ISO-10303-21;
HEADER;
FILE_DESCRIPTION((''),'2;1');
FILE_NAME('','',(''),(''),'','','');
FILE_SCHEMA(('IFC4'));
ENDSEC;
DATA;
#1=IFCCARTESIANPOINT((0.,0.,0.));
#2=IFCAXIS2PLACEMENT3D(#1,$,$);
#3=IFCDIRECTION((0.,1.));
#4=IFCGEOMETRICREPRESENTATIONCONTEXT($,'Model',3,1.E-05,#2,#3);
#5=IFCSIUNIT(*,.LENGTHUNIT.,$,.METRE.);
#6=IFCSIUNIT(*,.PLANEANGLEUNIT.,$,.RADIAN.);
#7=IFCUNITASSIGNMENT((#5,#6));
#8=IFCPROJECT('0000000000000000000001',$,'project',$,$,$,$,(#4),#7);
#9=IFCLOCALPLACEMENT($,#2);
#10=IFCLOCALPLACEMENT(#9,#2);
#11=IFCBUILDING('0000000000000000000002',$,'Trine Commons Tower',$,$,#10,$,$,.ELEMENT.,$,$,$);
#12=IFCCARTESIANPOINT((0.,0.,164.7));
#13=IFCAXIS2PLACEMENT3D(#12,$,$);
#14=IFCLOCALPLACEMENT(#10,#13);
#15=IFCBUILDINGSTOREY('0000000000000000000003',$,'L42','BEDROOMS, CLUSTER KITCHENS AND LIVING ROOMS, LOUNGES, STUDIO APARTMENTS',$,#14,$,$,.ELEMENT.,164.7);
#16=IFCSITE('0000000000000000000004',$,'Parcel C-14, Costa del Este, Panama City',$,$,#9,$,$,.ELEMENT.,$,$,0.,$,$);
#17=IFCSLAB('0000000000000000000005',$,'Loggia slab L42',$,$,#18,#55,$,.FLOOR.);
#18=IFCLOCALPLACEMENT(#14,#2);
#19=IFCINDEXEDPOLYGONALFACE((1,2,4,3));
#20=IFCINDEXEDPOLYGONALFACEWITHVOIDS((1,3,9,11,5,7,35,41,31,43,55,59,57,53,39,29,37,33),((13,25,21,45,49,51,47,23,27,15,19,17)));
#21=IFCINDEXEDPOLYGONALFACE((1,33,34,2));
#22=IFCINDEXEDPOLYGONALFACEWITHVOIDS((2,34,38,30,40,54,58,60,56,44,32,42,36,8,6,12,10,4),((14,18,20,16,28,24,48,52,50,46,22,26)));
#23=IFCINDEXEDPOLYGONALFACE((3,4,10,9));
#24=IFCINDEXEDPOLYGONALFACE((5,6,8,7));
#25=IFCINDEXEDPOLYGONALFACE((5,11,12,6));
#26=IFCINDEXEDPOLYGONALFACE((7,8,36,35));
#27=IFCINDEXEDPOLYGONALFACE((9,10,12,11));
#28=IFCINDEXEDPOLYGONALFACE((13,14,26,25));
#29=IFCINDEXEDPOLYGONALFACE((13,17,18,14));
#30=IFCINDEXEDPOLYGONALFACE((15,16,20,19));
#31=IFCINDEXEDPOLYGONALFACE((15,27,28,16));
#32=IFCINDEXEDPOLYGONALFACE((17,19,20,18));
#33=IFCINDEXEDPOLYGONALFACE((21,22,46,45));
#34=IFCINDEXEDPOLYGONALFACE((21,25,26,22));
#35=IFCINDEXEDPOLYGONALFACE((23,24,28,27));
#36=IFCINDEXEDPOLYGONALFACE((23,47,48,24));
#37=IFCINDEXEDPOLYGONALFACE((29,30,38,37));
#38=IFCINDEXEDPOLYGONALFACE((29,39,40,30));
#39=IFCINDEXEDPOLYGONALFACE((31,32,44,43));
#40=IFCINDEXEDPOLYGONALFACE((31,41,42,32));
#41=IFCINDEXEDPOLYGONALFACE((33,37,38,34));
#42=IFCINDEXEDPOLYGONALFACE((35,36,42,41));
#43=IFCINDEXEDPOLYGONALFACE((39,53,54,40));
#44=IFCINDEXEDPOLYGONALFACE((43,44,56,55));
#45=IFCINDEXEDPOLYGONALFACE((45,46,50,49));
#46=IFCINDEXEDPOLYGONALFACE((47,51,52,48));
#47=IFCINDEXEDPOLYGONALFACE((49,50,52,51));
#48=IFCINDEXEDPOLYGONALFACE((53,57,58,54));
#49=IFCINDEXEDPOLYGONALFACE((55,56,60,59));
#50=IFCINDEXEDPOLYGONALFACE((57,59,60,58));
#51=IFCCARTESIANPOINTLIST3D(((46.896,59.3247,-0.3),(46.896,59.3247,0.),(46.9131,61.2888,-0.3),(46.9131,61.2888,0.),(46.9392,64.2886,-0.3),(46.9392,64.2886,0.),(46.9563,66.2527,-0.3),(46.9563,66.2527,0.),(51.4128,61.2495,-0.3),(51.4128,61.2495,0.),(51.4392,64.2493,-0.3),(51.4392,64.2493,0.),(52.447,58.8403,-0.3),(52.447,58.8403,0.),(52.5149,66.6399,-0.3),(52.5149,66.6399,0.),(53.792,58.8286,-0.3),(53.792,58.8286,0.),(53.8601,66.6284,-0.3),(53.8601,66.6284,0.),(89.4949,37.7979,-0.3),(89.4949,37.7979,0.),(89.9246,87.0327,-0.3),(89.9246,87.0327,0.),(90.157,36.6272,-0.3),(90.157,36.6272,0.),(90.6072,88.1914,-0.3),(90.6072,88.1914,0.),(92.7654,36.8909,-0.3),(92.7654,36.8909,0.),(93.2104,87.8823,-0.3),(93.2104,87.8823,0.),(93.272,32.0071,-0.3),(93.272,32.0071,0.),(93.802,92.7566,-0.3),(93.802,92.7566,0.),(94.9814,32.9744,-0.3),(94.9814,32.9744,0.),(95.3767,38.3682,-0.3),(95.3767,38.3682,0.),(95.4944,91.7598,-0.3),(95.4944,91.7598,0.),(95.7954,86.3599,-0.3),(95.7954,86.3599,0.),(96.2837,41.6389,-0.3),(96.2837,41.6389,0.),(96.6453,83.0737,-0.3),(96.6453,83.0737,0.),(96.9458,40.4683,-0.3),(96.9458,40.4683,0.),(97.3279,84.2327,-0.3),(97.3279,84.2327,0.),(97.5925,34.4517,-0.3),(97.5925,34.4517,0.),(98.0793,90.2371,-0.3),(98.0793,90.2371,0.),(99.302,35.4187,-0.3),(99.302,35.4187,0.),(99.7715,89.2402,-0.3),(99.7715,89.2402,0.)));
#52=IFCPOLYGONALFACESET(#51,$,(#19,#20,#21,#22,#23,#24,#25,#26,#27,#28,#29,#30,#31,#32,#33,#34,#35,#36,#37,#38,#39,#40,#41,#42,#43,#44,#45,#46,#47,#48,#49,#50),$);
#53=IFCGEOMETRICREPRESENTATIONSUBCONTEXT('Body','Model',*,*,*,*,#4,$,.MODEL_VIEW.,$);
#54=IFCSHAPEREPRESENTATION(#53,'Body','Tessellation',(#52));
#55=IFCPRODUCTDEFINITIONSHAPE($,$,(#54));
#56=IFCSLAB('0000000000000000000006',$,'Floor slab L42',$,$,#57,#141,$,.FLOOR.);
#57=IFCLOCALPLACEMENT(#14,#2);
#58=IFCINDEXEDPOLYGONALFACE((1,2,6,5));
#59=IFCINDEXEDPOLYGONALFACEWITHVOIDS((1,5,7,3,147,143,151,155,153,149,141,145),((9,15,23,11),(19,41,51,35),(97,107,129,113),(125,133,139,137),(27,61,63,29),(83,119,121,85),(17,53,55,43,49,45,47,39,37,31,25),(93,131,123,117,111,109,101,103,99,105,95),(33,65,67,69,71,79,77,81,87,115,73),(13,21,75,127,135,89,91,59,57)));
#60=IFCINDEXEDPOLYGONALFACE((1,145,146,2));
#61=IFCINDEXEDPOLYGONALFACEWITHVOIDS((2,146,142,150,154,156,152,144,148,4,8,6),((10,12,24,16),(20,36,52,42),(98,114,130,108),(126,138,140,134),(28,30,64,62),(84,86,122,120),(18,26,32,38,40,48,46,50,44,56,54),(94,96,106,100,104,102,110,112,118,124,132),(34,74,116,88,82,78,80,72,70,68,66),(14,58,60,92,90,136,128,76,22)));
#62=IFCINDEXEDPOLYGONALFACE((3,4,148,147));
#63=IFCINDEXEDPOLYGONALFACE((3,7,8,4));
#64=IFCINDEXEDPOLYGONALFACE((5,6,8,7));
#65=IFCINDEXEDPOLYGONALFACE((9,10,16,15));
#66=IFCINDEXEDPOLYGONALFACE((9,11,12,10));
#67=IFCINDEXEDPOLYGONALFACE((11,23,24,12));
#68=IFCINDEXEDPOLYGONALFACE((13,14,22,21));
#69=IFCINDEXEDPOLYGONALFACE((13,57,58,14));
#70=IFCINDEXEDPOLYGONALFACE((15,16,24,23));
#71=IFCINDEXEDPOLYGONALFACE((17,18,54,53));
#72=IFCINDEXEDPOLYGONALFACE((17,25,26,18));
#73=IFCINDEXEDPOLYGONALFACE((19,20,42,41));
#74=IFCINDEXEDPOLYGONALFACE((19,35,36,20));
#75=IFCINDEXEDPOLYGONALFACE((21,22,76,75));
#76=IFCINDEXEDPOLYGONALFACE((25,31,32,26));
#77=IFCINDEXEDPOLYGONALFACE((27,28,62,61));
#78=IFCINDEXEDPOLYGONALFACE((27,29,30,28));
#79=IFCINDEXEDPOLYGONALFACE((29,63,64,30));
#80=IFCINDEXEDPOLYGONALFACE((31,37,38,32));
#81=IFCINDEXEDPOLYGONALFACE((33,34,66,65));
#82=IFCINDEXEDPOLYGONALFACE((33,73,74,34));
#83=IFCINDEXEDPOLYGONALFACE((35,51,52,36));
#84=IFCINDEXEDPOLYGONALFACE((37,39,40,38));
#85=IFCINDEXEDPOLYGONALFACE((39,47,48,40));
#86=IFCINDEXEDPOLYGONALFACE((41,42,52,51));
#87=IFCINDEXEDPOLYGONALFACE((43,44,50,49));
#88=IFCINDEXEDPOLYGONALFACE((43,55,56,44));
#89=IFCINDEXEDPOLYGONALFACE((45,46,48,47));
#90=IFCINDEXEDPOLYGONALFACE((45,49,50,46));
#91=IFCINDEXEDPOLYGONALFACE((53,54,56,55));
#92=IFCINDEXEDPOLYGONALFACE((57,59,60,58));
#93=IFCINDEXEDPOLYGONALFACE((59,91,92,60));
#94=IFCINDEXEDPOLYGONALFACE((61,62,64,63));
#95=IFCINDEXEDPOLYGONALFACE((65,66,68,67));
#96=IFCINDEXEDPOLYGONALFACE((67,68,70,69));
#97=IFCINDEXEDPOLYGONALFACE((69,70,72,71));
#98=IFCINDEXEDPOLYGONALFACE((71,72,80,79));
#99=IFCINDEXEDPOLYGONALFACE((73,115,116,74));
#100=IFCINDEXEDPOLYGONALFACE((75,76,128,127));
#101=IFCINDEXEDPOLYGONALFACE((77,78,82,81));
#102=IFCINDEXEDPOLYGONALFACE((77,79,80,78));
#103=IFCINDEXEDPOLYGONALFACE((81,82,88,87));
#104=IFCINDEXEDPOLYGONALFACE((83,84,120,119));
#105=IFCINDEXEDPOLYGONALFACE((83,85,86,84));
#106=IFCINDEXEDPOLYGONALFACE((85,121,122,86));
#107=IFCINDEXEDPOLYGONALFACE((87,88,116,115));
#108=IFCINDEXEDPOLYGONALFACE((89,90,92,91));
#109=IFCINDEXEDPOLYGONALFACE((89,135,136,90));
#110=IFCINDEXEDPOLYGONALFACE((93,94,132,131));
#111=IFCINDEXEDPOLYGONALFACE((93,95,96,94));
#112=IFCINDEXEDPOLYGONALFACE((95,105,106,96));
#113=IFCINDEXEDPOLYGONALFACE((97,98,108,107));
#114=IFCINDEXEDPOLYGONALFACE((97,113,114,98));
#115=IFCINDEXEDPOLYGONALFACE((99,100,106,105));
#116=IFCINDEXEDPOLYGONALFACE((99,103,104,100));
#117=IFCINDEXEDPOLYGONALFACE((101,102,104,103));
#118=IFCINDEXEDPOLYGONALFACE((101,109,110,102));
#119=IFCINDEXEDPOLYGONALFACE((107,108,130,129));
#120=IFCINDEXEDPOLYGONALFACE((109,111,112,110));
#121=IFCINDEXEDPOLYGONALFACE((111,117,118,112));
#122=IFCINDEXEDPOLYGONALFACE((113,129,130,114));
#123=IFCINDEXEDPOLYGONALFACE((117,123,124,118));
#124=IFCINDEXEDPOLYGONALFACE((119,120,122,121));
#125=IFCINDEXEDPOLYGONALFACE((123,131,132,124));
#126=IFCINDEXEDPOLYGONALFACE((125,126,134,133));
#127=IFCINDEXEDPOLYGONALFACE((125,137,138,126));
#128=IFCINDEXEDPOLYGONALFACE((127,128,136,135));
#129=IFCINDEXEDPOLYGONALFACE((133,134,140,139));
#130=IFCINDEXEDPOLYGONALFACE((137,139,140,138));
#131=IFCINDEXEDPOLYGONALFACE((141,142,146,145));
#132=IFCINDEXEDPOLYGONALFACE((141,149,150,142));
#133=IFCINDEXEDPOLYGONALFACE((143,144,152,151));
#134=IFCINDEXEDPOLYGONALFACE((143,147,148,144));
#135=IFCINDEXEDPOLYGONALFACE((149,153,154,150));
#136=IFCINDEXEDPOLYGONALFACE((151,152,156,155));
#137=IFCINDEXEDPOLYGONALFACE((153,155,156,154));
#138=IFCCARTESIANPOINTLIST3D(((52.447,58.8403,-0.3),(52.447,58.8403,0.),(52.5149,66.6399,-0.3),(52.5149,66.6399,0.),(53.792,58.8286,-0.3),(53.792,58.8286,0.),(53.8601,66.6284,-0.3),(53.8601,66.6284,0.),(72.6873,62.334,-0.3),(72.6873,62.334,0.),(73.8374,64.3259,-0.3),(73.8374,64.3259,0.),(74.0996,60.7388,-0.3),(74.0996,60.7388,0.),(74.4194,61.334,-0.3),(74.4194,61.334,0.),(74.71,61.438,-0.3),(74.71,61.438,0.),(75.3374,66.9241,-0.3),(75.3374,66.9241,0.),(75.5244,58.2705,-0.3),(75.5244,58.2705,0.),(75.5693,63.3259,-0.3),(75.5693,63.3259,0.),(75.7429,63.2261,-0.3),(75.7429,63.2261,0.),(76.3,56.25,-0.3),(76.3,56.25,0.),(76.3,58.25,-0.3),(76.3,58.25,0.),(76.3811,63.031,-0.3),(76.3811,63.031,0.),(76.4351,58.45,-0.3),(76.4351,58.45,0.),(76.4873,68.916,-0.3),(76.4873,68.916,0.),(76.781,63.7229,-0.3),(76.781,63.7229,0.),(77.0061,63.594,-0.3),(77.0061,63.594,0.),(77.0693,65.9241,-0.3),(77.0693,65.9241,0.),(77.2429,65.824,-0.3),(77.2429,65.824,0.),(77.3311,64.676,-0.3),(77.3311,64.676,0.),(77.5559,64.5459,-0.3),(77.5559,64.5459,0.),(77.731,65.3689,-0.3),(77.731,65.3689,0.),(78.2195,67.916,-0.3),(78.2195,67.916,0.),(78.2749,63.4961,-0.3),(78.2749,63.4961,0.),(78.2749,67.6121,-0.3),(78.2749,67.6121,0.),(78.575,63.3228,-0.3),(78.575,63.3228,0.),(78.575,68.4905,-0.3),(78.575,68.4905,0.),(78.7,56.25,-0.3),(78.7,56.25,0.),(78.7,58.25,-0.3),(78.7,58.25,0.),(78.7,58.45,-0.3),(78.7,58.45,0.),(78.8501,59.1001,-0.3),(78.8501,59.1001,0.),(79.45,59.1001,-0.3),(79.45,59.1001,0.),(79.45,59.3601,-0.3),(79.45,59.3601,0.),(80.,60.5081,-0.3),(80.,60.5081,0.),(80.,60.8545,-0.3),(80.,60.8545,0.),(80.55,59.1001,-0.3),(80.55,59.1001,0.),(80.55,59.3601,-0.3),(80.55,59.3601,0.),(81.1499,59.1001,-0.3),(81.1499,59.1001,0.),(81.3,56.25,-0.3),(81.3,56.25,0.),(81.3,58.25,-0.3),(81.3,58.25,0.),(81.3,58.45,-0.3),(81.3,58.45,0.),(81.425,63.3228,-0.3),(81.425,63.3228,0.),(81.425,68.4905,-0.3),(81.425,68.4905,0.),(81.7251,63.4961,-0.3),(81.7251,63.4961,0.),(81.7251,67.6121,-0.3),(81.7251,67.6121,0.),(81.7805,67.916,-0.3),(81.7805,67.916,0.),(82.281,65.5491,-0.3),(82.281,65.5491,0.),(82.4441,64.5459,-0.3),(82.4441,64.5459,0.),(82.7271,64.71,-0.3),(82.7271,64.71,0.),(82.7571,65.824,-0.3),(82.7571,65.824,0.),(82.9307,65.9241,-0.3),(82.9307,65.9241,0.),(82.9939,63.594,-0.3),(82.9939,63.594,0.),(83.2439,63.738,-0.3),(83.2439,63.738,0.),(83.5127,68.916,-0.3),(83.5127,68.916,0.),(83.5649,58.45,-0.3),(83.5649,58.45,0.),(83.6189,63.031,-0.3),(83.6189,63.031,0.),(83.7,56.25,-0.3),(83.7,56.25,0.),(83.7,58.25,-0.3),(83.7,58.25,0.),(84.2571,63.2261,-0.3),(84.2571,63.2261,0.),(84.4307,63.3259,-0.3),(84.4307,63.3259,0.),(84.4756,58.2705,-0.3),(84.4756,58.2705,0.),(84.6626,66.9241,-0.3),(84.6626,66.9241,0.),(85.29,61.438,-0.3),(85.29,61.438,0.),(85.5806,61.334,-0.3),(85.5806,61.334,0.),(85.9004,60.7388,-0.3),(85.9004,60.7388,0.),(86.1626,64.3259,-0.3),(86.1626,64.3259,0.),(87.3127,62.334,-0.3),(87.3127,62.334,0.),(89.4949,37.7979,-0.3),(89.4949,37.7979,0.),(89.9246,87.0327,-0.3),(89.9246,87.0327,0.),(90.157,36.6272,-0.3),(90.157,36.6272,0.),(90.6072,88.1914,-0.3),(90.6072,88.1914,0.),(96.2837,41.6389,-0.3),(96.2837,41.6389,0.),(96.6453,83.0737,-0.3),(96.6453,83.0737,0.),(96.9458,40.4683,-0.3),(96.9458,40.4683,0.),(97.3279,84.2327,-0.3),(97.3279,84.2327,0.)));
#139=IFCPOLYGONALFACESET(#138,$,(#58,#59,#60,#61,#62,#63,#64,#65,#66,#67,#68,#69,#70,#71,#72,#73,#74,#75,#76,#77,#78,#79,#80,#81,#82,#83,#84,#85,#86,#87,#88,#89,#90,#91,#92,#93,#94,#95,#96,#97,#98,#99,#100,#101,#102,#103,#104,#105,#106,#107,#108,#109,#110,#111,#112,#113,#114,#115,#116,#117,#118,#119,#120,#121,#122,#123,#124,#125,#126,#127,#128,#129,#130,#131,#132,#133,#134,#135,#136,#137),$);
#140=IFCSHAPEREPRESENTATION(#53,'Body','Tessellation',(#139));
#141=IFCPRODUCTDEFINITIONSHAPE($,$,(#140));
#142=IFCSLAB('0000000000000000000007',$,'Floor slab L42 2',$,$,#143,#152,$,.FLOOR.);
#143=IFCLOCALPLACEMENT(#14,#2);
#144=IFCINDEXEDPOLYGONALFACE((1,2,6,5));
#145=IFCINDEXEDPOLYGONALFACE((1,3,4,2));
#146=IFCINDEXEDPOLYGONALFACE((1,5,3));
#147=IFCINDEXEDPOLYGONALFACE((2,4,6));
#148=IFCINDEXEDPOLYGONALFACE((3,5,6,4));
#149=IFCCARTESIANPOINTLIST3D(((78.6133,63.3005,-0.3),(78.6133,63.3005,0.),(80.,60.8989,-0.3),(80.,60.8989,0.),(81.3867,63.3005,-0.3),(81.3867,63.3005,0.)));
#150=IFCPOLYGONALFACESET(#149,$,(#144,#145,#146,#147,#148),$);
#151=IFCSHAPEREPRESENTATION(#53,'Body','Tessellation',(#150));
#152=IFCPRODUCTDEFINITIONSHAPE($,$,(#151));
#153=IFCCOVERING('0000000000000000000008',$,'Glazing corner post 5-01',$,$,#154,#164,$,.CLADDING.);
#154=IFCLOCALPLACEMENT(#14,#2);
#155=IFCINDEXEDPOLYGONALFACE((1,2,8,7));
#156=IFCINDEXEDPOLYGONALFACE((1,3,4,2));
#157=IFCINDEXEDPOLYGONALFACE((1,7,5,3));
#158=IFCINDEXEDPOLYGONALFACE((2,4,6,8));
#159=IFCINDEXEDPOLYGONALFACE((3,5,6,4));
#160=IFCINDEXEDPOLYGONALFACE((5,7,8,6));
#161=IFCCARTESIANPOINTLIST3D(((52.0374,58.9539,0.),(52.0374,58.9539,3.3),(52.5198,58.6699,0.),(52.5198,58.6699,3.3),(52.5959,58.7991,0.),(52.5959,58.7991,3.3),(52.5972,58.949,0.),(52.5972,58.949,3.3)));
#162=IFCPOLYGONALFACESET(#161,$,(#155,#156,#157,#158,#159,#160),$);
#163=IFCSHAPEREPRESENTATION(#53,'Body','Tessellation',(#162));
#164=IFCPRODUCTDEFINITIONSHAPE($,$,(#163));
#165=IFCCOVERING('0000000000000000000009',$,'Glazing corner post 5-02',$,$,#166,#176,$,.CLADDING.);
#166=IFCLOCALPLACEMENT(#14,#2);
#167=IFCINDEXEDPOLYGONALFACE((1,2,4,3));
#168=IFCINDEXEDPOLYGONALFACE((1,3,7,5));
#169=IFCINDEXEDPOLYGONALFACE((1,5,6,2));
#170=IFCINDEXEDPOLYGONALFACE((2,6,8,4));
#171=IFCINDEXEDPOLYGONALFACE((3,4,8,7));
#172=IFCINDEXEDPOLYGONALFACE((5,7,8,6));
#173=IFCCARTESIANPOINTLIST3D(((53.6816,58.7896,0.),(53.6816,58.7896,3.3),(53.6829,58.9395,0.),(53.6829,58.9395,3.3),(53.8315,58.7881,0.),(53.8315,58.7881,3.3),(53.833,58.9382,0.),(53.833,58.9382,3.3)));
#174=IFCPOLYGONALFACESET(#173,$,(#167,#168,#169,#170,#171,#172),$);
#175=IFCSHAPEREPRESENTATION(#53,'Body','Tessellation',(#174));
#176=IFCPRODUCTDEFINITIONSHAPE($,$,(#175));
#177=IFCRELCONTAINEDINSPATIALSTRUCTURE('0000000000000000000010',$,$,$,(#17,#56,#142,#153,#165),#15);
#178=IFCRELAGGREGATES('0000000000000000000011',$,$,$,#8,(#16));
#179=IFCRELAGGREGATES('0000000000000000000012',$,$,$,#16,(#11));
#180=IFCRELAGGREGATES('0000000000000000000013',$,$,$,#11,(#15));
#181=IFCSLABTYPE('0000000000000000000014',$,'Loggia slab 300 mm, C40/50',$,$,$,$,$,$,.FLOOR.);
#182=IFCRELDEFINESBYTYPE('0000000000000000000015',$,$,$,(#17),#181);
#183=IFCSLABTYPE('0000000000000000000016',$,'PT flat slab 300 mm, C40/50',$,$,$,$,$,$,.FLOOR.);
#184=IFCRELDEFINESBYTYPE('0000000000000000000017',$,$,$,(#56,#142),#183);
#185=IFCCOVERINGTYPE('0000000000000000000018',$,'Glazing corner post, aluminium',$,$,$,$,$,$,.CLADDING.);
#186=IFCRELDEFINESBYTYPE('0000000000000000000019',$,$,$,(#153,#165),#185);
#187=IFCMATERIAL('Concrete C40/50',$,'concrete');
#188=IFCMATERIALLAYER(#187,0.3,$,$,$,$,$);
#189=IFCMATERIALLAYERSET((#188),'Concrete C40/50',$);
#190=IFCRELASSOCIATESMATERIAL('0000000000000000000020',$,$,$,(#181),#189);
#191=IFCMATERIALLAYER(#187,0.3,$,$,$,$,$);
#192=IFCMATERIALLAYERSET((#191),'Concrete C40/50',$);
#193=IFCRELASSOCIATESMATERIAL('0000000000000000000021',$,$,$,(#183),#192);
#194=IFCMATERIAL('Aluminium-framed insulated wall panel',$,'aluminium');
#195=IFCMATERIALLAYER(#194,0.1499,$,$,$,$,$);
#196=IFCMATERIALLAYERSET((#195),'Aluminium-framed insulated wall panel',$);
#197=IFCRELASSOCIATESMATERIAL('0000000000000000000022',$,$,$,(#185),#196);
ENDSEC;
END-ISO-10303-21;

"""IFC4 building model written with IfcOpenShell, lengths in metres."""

from ifc_helpers import new_model, si_unit, direction, frame, origin, place, context, subcontext, project, spatial, polyline, outline, extrude, material, layer, layer_set, type_object, element, save


model = new_model("IFC4")

# Units and contexts
model_context = context("Model", 3, precision=1e-05, world=origin(), true_north=direction((0.0, 1.0)))
body_context = subcontext(model_context, "Body", "Model", "MODEL_VIEW")
ifc_project = project(units=[si_unit("LENGTHUNIT", "METRE"), si_unit("PLANEANGLEUNIT", "RADIAN")], contexts=[model_context])

# Site, building, storey
site_placement = place(None, origin())
site = spatial("IfcSite", under=ifc_project, at=site_placement, Name="Parcel C-14, Costa del Este, Panama City", CompositionType="ELEMENT", RefElevation=0.0)
building_placement = place(site_placement, origin())
building = spatial("IfcBuilding", under=site, at=building_placement, Name="Trine Commons Tower", CompositionType="ELEMENT")
storey_placement = place(building_placement, frame((0.0, 0.0, 164.7)))
storey = spatial("IfcBuildingStorey", under=building, at=storey_placement, Name="L42", Description="BEDROOMS, CLUSTER KITCHENS AND LIVING ROOMS, LOUNGES, STUDIO APARTMENTS", CompositionType="ELEMENT", Elevation=164.7)

# Slabs
ifc_material_1 = material(Name="Concrete C40/50", Category="concrete")
ifc_layer_1 = layer(ifc_material_1, 0.3)
ifc_layer_set_1 = layer_set([ifc_layer_1], Name="Concrete C40/50")
slab_type_1 = type_object("IfcSlabType", Name="Loggia slab 300 mm, C40/50", PredefinedType="FLOOR", material=ifc_layer_set_1)
slab_1_placement = place(storey_placement, frame((0.0, 0.0, -0.3)))
element("IfcSlab", 1, at=slab_1_placement, inside=storey, type_object=slab_type_1, Name="Loggia slab L42", PredefinedType="FLOOR", context=body_context, shape_type="SweptSolid", body=[
    extrude(outline(polyline([(99.302, 35.4187), (99.7715, 89.2402), (98.0793, 90.2371), (95.7954, 86.3599), (93.2104, 87.8823), (95.4944, 91.7598), (93.802, 92.7566), (46.9563, 66.2527), (46.9392, 64.2886), (51.4392, 64.2493), (51.4128, 61.2495), (46.9131, 61.2888), (46.896, 59.3247), (93.272, 32.0071), (94.9814, 32.9744), (92.7654, 36.8909), (95.3767, 38.3682), (97.5925, 34.4517), (99.302, 35.4187)]), holes=[polyline([(90.157, 36.6272), (89.4949, 37.7979), (96.2837, 41.6389), (96.9458, 40.4683), (97.3279, 84.2327), (96.6453, 83.0737), (89.9246, 87.0327), (90.6072, 88.1914), (52.5149, 66.6399), (53.8601, 66.6284), (53.792, 58.8286), (52.447, 58.8403), (90.157, 36.6272)])]), origin(), (0.0, 0.0, 1.0), 0.3),
])
ifc_layer_2 = layer(ifc_material_1, 0.3)
ifc_layer_set_2 = layer_set([ifc_layer_2], Name="Concrete C40/50")
slab_type_2 = type_object("IfcSlabType", Name="PT flat slab 300 mm, C40/50", PredefinedType="FLOOR", material=ifc_layer_set_2)
slab_2_placement = place(storey_placement, frame((0.0, 0.0, -0.3)))
element("IfcSlab", 2, at=slab_2_placement, inside=storey, type_object=slab_type_2, Name="Floor slab L42", PredefinedType="FLOOR", context=body_context, shape_type="SweptSolid", body=[
    extrude(outline(polyline([(52.447, 58.8403), (90.157, 36.6272), (89.4949, 37.7979), (96.2837, 41.6389), (96.9458, 40.4683), (97.3279, 84.2327), (96.6453, 83.0737), (89.9246, 87.0327), (90.6072, 88.1914), (52.5149, 66.6399), (53.8601, 66.6284), (53.792, 58.8286), (52.447, 58.8403)]), holes=[polyline([(78.7, 56.25), (78.7, 58.25), (76.3, 58.25), (76.3, 56.25), (78.7, 56.25)]), polyline([(80.0, 60.8545), (84.4756, 58.2705), (85.9004, 60.7388), (81.425, 63.3228), (81.425, 68.4905), (78.575, 68.4905), (78.575, 63.3228), (74.0996, 60.7388), (75.5244, 58.2705), (80.0, 60.8545)]), polyline([(73.8374, 64.3259), (72.6873, 62.334), (74.4194, 61.334), (75.5693, 63.3259), (73.8374, 64.3259)]), polyline([(76.3811, 63.031), (75.7429, 63.2261), (74.71, 61.438), (78.2749, 63.4961), (78.2749, 67.6121), (77.2429, 65.824), (77.731, 65.3689), (77.3311, 64.676), (77.5559, 64.5459), (77.0061, 63.594), (76.781, 63.7229), (76.3811, 63.031)]), polyline([(76.4873, 68.916), (75.3374, 66.9241), (77.0693, 65.9241), (78.2195, 67.916), (76.4873, 68.916)]), polyline([(83.7, 56.25), (83.7, 58.25), (81.3, 58.25), (81.3, 56.25), (83.7, 56.25)]), polyline([(81.1499, 59.1001), (81.3, 58.45), (83.5649, 58.45), (80.0, 60.5081), (76.4351, 58.45), (78.7, 58.45), (78.8501, 59.1001), (79.45, 59.1001), (79.45, 59.3601), (80.55, 59.3601), (80.55, 59.1001), (81.1499, 59.1001)]), polyline([(86.1626, 64.3259), (84.4307, 63.3259), (85.5806, 61.334), (87.3127, 62.334), (86.1626, 64.3259)]), polyline([(83.2439, 63.738), (82.9939, 63.594), (82.4441, 64.5459), (82.7271, 64.71), (82.281, 65.5491), (82.7571, 65.824), (81.7251, 67.6121), (81.7251, 63.4961), (85.29, 61.438), (84.2571, 63.2261), (83.6189, 63.031), (83.2439, 63.738)]), polyline([(84.6626, 66.9241), (83.5127, 68.916), (81.7805, 67.916), (82.9307, 65.9241), (84.6626, 66.9241)])]), origin(), (0.0, 0.0, 1.0), 0.3),
])
slab_3_placement = place(storey_placement, frame((0.0, 0.0, -0.3)))
element("IfcSlab", 3, at=slab_3_placement, inside=storey, type_object=slab_type_2, Name="Floor slab L42 2", PredefinedType="FLOOR", context=body_context, shape_type="SweptSolid", body=[
    extrude(outline(polyline([(78.6133, 63.3005), (80.0, 60.8989), (81.3867, 63.3005), (78.6133, 63.3005)])), origin(), (0.0, 0.0, 1.0), 0.3),
])

# Coverings
ifc_material_2 = material(Name="Aluminium-framed insulated wall panel", Category="aluminium")
ifc_layer_3 = layer(ifc_material_2, 0.1499)
ifc_layer_set_3 = layer_set([ifc_layer_3], Name="Aluminium-framed insulated wall panel")
covering_type_1 = type_object("IfcCoveringType", Name="Glazing corner post, aluminium", PredefinedType="CLADDING", material=ifc_layer_set_3)
covering_1_placement = place(storey_placement, origin())
element("IfcCovering", 4, at=covering_1_placement, inside=storey, type_object=covering_type_1, Name="Glazing corner post 5-01", PredefinedType="CLADDING", context=body_context, shape_type="SweptSolid", body=[
    extrude(outline(polyline([(52.5198, 58.6699), (52.5959, 58.7991), (52.5972, 58.949), (52.0374, 58.9539), (52.5198, 58.6699)])), origin(), (0.0, 0.0, 1.0), 3.3),
])
covering_2_placement = place(storey_placement, origin())
element("IfcCovering", 5, at=covering_2_placement, inside=storey, type_object=covering_type_1, Name="Glazing corner post 5-02", PredefinedType="CLADDING", context=body_context, shape_type="SweptSolid", body=[
    extrude(outline(polyline([(53.6816, 58.7896), (53.8315, 58.7881), (53.833, 58.9382), (53.6829, 58.9395), (53.6816, 58.7896)])), origin(), (0.0, 0.0, 1.0), 3.3),
])

save(model, "model.ifc")
